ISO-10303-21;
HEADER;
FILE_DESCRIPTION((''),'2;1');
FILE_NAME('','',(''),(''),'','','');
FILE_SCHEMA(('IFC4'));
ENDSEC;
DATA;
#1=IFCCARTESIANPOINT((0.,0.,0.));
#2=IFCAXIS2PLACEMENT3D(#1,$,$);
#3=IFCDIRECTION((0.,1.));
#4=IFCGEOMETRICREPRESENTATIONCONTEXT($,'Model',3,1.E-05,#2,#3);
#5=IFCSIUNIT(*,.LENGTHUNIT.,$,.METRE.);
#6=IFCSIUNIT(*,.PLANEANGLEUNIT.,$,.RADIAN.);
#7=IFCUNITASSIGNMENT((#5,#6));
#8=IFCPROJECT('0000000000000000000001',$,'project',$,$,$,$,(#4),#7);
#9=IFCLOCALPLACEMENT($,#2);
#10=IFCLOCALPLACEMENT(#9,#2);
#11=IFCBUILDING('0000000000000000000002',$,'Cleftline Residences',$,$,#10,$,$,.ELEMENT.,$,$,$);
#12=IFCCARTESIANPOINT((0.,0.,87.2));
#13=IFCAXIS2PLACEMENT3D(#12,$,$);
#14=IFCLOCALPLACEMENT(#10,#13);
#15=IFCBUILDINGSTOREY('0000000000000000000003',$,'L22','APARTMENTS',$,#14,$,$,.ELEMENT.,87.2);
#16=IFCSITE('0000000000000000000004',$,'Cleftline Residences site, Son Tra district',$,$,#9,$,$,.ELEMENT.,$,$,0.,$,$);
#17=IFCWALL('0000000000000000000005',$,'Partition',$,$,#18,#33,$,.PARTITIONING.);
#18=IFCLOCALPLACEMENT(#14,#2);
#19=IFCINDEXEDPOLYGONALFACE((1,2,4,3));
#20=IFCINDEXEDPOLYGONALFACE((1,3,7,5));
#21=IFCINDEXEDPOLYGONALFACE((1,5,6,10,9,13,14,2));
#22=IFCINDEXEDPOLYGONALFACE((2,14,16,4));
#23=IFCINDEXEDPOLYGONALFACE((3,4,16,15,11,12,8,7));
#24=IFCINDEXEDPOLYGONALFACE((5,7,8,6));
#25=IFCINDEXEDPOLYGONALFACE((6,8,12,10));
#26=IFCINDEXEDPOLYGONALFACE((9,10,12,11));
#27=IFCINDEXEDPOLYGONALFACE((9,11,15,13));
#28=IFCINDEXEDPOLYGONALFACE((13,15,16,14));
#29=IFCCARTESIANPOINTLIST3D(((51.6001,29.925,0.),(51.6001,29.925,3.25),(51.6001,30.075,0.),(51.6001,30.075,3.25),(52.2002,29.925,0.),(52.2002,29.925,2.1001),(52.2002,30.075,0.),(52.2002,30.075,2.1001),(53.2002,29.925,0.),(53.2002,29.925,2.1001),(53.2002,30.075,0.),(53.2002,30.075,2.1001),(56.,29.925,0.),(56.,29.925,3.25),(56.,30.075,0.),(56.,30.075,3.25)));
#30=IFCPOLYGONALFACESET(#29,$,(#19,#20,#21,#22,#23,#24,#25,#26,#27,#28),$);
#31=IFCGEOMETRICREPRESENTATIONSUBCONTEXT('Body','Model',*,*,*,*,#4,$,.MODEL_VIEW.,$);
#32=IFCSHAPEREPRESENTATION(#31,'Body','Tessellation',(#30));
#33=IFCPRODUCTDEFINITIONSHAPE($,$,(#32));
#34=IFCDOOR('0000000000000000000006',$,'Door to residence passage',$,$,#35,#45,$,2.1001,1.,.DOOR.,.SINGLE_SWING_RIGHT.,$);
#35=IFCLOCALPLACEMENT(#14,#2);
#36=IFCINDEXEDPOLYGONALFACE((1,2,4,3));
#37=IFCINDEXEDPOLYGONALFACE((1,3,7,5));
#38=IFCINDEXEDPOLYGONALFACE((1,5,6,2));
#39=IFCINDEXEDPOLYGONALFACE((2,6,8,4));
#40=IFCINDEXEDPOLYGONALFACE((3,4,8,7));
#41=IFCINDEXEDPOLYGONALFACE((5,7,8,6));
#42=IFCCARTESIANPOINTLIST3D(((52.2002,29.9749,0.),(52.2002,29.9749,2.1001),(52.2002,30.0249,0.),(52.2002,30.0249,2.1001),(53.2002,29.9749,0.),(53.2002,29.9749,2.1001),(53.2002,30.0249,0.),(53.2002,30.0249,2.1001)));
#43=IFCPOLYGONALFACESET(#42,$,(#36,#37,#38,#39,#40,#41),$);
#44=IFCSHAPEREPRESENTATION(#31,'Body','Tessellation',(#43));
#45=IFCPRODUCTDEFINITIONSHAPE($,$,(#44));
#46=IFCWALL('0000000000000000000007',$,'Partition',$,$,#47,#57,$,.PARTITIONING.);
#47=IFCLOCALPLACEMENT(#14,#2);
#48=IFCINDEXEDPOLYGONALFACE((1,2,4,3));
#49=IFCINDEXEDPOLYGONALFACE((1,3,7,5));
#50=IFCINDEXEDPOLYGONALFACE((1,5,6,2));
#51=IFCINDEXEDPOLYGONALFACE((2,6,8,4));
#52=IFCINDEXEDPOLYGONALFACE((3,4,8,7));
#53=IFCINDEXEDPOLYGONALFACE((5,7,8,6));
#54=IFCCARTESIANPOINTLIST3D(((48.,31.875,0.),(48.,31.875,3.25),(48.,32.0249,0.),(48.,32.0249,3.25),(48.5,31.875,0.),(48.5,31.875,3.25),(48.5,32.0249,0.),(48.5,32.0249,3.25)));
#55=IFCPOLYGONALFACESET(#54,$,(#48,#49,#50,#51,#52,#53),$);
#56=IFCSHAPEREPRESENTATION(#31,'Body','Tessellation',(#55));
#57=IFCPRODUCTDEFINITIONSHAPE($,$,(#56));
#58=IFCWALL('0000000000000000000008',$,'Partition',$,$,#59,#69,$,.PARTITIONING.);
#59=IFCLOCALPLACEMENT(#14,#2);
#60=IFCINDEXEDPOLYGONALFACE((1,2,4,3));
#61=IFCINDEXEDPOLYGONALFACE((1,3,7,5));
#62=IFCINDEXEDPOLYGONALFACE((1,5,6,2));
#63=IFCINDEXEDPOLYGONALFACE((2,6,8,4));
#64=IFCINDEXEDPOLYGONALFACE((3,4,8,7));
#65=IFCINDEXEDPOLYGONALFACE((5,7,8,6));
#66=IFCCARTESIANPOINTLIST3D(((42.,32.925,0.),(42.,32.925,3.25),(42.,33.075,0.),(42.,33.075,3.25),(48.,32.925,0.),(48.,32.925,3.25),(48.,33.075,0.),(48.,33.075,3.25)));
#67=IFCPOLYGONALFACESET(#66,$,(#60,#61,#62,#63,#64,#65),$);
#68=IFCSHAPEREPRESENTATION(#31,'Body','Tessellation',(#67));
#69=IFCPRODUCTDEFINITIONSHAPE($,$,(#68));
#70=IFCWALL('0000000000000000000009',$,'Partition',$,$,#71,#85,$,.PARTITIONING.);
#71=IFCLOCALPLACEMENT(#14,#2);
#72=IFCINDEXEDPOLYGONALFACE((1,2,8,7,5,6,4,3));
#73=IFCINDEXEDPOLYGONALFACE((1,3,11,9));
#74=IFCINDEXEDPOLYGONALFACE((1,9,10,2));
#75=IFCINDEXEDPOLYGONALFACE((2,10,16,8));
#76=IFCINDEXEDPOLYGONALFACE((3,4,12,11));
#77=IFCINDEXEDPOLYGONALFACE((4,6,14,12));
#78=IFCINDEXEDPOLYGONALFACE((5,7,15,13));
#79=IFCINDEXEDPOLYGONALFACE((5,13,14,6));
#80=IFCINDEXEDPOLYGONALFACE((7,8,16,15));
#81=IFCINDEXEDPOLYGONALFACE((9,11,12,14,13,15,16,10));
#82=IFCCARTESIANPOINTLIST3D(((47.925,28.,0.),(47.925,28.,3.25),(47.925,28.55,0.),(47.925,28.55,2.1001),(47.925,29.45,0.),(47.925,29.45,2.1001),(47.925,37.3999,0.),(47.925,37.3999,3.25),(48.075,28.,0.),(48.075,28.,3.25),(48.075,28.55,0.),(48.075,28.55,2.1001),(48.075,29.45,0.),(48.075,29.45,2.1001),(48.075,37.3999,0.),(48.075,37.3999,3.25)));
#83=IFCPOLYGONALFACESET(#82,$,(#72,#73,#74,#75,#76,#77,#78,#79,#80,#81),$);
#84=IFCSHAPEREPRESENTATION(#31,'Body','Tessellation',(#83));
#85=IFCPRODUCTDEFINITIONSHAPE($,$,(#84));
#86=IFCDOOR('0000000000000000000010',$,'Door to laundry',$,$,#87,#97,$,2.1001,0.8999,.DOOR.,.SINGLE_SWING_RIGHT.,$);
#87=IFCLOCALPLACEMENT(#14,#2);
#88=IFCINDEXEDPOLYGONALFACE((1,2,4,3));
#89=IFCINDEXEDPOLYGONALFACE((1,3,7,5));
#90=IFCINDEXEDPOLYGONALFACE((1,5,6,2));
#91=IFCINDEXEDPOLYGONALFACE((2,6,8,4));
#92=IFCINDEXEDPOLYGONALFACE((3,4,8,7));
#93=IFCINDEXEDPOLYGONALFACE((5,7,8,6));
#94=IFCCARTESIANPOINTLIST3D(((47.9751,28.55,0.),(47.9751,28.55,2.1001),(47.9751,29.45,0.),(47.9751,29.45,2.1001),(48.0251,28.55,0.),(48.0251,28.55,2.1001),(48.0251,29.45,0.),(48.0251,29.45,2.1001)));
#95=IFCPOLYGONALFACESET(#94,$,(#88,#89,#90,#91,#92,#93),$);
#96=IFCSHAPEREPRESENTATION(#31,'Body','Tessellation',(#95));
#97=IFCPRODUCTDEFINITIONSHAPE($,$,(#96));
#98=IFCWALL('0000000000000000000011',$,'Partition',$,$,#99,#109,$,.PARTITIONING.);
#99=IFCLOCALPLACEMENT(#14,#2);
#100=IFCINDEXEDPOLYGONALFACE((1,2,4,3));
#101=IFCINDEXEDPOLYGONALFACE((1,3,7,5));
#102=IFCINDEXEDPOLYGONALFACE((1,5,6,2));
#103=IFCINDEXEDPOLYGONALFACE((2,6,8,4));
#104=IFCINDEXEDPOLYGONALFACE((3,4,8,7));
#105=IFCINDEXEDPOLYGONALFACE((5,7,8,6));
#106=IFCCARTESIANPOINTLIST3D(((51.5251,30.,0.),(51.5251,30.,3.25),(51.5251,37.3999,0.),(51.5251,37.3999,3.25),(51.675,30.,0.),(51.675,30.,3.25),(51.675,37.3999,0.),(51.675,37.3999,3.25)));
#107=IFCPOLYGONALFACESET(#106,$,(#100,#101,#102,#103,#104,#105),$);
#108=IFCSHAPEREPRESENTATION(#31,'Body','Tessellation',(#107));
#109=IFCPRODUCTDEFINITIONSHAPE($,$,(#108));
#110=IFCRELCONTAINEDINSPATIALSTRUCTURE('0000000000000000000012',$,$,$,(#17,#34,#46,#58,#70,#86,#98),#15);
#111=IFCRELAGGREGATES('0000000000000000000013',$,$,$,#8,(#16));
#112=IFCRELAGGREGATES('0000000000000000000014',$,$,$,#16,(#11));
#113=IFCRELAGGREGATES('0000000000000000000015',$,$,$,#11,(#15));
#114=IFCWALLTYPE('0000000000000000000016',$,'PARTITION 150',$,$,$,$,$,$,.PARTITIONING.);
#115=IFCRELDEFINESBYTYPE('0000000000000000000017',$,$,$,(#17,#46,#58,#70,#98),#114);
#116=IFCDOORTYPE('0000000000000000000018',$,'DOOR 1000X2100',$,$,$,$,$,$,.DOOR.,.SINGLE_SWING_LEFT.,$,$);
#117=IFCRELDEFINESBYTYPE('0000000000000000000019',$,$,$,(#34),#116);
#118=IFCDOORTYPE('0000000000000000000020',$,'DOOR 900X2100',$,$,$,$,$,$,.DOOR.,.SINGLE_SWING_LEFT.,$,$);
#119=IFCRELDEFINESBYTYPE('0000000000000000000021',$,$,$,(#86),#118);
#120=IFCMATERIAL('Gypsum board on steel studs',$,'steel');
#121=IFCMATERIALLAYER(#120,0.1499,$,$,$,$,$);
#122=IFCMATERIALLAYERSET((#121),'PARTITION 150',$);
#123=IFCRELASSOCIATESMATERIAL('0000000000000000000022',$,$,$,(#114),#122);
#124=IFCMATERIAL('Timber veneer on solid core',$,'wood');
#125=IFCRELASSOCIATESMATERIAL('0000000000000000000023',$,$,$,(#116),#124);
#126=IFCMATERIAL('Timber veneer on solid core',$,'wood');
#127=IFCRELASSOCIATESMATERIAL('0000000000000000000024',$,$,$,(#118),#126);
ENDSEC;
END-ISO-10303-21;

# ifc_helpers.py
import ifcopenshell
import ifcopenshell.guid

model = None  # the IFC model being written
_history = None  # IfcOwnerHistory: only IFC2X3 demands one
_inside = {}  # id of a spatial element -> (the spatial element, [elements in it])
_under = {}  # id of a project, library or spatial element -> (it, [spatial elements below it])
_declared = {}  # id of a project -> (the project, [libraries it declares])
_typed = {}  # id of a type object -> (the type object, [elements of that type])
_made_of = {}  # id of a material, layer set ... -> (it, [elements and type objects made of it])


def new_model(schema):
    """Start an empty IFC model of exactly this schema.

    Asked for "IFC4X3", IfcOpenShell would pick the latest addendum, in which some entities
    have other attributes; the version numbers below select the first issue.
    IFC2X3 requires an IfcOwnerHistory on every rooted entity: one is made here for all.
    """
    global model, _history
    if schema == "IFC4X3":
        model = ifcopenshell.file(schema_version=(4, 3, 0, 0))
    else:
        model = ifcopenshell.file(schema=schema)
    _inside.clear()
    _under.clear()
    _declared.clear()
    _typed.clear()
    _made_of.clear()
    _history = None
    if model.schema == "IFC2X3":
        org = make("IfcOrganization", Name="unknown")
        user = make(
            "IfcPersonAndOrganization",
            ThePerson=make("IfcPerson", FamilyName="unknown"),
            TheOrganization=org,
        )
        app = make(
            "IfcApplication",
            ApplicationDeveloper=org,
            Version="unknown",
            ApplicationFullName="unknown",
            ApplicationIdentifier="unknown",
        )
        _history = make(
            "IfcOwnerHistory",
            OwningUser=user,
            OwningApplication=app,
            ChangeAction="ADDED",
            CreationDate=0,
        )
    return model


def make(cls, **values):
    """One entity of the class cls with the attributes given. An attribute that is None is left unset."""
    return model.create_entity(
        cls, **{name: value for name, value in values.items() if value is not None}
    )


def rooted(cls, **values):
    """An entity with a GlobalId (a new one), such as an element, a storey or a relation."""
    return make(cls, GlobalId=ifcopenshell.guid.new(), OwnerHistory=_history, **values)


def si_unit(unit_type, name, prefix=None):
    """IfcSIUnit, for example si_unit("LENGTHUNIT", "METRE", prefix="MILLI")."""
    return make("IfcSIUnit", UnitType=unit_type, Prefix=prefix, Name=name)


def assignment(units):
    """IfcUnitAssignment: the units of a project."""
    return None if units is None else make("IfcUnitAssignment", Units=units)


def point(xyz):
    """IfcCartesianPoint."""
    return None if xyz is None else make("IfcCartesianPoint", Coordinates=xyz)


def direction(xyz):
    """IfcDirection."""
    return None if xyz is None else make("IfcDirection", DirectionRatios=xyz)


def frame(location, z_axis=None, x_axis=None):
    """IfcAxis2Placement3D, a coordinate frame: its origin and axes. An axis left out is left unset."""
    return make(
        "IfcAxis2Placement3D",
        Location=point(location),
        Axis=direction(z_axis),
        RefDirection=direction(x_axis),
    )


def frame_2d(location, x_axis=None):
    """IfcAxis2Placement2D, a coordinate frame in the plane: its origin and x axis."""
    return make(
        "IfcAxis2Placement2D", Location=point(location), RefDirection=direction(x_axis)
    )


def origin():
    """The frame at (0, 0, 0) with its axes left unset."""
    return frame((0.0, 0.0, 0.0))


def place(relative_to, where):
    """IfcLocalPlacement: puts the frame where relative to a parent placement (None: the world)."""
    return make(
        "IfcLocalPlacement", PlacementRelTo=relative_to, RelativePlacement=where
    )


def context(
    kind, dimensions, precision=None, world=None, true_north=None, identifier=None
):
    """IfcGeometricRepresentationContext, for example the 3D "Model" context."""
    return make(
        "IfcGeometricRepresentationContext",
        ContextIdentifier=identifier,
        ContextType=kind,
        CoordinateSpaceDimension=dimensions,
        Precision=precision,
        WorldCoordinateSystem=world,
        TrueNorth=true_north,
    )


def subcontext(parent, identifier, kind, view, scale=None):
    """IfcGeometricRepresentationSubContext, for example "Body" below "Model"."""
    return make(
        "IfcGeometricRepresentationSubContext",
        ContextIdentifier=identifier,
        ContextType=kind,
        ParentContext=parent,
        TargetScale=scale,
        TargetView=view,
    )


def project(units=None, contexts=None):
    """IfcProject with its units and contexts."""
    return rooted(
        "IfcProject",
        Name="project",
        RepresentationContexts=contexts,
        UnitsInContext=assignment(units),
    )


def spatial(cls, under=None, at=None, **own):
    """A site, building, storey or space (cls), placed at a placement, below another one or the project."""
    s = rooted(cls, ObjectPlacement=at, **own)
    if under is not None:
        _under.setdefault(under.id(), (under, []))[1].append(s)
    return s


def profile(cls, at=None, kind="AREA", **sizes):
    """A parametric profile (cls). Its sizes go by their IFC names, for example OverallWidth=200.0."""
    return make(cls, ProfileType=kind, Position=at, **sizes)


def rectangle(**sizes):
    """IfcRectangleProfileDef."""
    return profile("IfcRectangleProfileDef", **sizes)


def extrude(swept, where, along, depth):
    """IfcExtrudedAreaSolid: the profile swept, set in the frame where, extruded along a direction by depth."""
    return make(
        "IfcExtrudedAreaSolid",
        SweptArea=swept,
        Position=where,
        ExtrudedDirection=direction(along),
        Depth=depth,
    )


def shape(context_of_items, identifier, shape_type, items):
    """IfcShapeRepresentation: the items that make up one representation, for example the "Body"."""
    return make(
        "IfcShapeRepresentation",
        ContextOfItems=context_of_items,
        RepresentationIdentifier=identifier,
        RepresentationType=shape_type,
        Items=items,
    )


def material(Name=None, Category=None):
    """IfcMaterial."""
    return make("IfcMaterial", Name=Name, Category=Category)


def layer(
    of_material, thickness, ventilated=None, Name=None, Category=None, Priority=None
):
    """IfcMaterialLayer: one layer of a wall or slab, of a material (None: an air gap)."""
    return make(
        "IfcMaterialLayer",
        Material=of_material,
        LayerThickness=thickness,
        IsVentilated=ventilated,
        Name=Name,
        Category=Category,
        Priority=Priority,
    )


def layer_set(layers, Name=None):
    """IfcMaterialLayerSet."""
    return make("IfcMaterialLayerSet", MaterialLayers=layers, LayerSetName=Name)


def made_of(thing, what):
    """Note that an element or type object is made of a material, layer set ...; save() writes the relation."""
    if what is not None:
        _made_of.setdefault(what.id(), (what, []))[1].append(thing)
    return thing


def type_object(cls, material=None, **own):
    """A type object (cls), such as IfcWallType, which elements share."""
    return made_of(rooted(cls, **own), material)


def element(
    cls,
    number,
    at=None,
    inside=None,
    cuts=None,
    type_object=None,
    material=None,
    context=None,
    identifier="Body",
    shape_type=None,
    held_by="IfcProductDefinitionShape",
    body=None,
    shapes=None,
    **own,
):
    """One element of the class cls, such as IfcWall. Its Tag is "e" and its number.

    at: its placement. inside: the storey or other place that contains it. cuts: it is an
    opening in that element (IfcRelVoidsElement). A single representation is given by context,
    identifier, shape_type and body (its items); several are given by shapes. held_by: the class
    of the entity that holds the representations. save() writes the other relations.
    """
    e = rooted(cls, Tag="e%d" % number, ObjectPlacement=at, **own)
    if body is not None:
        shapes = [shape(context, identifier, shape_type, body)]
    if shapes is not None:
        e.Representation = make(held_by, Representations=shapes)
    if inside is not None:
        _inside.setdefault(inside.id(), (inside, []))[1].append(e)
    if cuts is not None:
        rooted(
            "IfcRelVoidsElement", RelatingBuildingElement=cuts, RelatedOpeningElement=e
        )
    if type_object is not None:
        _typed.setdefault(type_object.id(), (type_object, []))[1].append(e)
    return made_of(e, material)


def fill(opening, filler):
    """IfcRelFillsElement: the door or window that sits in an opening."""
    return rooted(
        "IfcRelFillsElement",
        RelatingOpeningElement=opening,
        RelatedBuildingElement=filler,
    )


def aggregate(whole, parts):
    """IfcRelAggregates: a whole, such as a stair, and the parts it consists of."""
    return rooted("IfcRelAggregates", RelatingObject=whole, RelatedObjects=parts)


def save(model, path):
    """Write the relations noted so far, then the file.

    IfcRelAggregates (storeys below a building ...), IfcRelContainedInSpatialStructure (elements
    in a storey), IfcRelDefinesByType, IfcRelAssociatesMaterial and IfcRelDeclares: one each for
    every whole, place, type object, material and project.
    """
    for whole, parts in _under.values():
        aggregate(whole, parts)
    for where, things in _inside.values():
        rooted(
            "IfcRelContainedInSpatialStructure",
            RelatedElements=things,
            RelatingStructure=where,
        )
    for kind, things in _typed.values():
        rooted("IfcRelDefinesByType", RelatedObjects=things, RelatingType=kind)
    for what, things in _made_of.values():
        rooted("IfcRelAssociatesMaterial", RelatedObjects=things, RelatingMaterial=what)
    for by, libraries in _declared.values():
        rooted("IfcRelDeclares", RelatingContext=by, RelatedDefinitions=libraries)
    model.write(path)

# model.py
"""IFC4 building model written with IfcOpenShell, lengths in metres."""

from ifc_helpers import new_model, si_unit, direction, frame, frame_2d, origin, place, context, subcontext, project, spatial, rectangle, extrude, material, layer, layer_set, type_object, element, fill, save


model = new_model("IFC4")

# Units and contexts
model_context = context("Model", 3, precision=1e-05, world=origin(), true_north=direction((0.0, 1.0)))
body_context = subcontext(model_context, "Body", "Model", "MODEL_VIEW")
ifc_project = project(units=[si_unit("LENGTHUNIT", "METRE"), si_unit("PLANEANGLEUNIT", "RADIAN")], contexts=[model_context])

# Site, building, storey
site_placement = place(None, origin())
site = spatial("IfcSite", under=ifc_project, at=site_placement, Name="Cleftline Residences site, Son Tra district", CompositionType="ELEMENT", RefElevation=0.0)
building_placement = place(site_placement, origin())
building = spatial("IfcBuilding", under=site, at=building_placement, Name="Cleftline Residences", CompositionType="ELEMENT")
storey_placement = place(building_placement, frame((0.0, 0.0, 87.2)))
storey = spatial("IfcBuildingStorey", under=building, at=storey_placement, Name="L22", Description="APARTMENTS", CompositionType="ELEMENT", Elevation=87.2)

# Wall, opening, door
ifc_material_1 = material(Name="Gypsum board on steel studs", Category="steel")
ifc_layer_1 = layer(ifc_material_1, 0.1499)
ifc_layer_set_1 = layer_set([ifc_layer_1], Name="PARTITION 150")
wall_type_1 = type_object("IfcWallType", Name="PARTITION 150", PredefinedType="PARTITIONING", material=ifc_layer_set_1)
wall_1_placement = place(storey_placement, frame((51.6001, 30.0, 0.0), z_axis=(0.0, 0.0, 1.0), x_axis=(1.0, 0.0, 0.0)))
wall_1 = element("IfcWall", 1, at=wall_1_placement, inside=storey, type_object=wall_type_1, Name="Partition", PredefinedType="PARTITIONING", context=body_context, shape_type="SweptSolid", body=[
    extrude(rectangle(XDim=4.3999, YDim=0.1499, at=frame_2d((2.2, 0.0))), origin(), (0.0, 0.0, 1.0), 3.25),
])
opening_1_placement = place(wall_1_placement, frame((0.6001, 0.0, 0.0)))
opening_1 = element("IfcOpeningElement", 2, at=opening_1_placement, cuts=wall_1, PredefinedType="OPENING", context=body_context, shape_type="SweptSolid", body=[
    extrude(rectangle(XDim=1.0, YDim=2.1001, at=frame_2d((0.5, 1.05))), frame((0.0, 0.085, 0.0), z_axis=(0.0, -1.0, 0.0), x_axis=(1.0, 0.0, 0.0)), (0.0, 0.0, 1.0), 0.1699),
])
ifc_material_2 = material(Name="Timber veneer on solid core", Category="wood")
door_type_1 = type_object("IfcDoorType", Name="DOOR 1000X2100", OperationType="SINGLE_SWING_LEFT", PredefinedType="DOOR", material=ifc_material_2)
door_1_placement = place(opening_1_placement, origin())
door_1 = element("IfcDoor", 3, at=door_1_placement, inside=storey, type_object=door_type_1, Name="Door to residence passage", OperationType="SINGLE_SWING_RIGHT", OverallHeight=2.1001, OverallWidth=1.0, PredefinedType="DOOR", context=body_context, shape_type="SweptSolid", body=[
    extrude(rectangle(XDim=1.0, YDim=2.1001, at=frame_2d((0.5, 1.05))), frame((0.0, 0.0249, 0.0), z_axis=(0.0, -1.0, 0.0), x_axis=(1.0, 0.0, 0.0)), (0.0, 0.0, 1.0), 0.05),
])
fill(opening_1, door_1)

# Walls
wall_2_placement = place(storey_placement, frame((48.0, 31.95, 0.0), z_axis=(0.0, 0.0, 1.0), x_axis=(1.0, 0.0, 0.0)))
element("IfcWall", 4, at=wall_2_placement, inside=storey, type_object=wall_type_1, Name="Partition", PredefinedType="PARTITIONING", context=body_context, shape_type="SweptSolid", body=[
    extrude(rectangle(XDim=0.5, YDim=0.1499, at=frame_2d((0.25, 0.0))), origin(), (0.0, 0.0, 1.0), 3.25),
])
wall_3_placement = place(storey_placement, frame((42.0, 33.0, 0.0), z_axis=(0.0, 0.0, 1.0), x_axis=(1.0, 0.0, 0.0)))
element("IfcWall", 5, at=wall_3_placement, inside=storey, type_object=wall_type_1, Name="Partition", PredefinedType="PARTITIONING", context=body_context, shape_type="SweptSolid", body=[
    extrude(rectangle(XDim=6.0, YDim=0.1499, at=frame_2d((3.0, 0.0))), origin(), (0.0, 0.0, 1.0), 3.25),
])

# Wall, opening, door
wall_4_placement = place(storey_placement, frame((48.0, 28.0, 0.0), z_axis=(0.0, 0.0, 1.0), x_axis=(0.0, 1.0, 0.0)))
wall_4 = element("IfcWall", 6, at=wall_4_placement, inside=storey, type_object=wall_type_1, Name="Partition", PredefinedType="PARTITIONING", context=body_context, shape_type="SweptSolid", body=[
    extrude(rectangle(XDim=9.3999, YDim=0.1499, at=frame_2d((4.7, 0.0))), origin(), (0.0, 0.0, 1.0), 3.25),
])
opening_2_placement = place(wall_4_placement, frame((0.55, 0.0, 0.0)))
opening_2 = element("IfcOpeningElement", 7, at=opening_2_placement, cuts=wall_4, PredefinedType="OPENING", context=body_context, shape_type="SweptSolid", body=[
    extrude(rectangle(XDim=0.8999, YDim=2.1001, at=frame_2d((0.45, 1.05))), frame((0.0, 0.085, 0.0), z_axis=(0.0, -1.0, 0.0), x_axis=(1.0, 0.0, 0.0)), (0.0, 0.0, 1.0), 0.1699),
])
ifc_material_3 = material(Name="Timber veneer on solid core", Category="wood")
door_type_2 = type_object("IfcDoorType", Name="DOOR 900X2100", OperationType="SINGLE_SWING_LEFT", PredefinedType="DOOR", material=ifc_material_3)
door_2_placement = place(opening_2_placement, origin())
door_2 = element("IfcDoor", 8, at=door_2_placement, inside=storey, type_object=door_type_2, Name="Door to laundry", OperationType="SINGLE_SWING_RIGHT", OverallHeight=2.1001, OverallWidth=0.8999, PredefinedType="DOOR", context=body_context, shape_type="SweptSolid", body=[
    extrude(rectangle(XDim=0.8999, YDim=2.1001, at=frame_2d((0.45, 1.05))), frame((0.0, 0.0249, 0.0), z_axis=(0.0, -1.0, 0.0), x_axis=(1.0, 0.0, 0.0)), (0.0, 0.0, 1.0), 0.05),
])
fill(opening_2, door_2)

# Wall
wall_5_placement = place(storey_placement, frame((51.6001, 30.0, 0.0), z_axis=(0.0, 0.0, 1.0), x_axis=(0.0, 1.0, 0.0)))
element("IfcWall", 9, at=wall_5_placement, inside=storey, type_object=wall_type_1, Name="Partition", PredefinedType="PARTITIONING", context=body_context, shape_type="SweptSolid", body=[
    extrude(rectangle(XDim=7.3999, YDim=0.1499, at=frame_2d((3.7, 0.0))), origin(), (0.0, 0.0, 1.0), 3.25),
])

save(model, "model.ifc")
